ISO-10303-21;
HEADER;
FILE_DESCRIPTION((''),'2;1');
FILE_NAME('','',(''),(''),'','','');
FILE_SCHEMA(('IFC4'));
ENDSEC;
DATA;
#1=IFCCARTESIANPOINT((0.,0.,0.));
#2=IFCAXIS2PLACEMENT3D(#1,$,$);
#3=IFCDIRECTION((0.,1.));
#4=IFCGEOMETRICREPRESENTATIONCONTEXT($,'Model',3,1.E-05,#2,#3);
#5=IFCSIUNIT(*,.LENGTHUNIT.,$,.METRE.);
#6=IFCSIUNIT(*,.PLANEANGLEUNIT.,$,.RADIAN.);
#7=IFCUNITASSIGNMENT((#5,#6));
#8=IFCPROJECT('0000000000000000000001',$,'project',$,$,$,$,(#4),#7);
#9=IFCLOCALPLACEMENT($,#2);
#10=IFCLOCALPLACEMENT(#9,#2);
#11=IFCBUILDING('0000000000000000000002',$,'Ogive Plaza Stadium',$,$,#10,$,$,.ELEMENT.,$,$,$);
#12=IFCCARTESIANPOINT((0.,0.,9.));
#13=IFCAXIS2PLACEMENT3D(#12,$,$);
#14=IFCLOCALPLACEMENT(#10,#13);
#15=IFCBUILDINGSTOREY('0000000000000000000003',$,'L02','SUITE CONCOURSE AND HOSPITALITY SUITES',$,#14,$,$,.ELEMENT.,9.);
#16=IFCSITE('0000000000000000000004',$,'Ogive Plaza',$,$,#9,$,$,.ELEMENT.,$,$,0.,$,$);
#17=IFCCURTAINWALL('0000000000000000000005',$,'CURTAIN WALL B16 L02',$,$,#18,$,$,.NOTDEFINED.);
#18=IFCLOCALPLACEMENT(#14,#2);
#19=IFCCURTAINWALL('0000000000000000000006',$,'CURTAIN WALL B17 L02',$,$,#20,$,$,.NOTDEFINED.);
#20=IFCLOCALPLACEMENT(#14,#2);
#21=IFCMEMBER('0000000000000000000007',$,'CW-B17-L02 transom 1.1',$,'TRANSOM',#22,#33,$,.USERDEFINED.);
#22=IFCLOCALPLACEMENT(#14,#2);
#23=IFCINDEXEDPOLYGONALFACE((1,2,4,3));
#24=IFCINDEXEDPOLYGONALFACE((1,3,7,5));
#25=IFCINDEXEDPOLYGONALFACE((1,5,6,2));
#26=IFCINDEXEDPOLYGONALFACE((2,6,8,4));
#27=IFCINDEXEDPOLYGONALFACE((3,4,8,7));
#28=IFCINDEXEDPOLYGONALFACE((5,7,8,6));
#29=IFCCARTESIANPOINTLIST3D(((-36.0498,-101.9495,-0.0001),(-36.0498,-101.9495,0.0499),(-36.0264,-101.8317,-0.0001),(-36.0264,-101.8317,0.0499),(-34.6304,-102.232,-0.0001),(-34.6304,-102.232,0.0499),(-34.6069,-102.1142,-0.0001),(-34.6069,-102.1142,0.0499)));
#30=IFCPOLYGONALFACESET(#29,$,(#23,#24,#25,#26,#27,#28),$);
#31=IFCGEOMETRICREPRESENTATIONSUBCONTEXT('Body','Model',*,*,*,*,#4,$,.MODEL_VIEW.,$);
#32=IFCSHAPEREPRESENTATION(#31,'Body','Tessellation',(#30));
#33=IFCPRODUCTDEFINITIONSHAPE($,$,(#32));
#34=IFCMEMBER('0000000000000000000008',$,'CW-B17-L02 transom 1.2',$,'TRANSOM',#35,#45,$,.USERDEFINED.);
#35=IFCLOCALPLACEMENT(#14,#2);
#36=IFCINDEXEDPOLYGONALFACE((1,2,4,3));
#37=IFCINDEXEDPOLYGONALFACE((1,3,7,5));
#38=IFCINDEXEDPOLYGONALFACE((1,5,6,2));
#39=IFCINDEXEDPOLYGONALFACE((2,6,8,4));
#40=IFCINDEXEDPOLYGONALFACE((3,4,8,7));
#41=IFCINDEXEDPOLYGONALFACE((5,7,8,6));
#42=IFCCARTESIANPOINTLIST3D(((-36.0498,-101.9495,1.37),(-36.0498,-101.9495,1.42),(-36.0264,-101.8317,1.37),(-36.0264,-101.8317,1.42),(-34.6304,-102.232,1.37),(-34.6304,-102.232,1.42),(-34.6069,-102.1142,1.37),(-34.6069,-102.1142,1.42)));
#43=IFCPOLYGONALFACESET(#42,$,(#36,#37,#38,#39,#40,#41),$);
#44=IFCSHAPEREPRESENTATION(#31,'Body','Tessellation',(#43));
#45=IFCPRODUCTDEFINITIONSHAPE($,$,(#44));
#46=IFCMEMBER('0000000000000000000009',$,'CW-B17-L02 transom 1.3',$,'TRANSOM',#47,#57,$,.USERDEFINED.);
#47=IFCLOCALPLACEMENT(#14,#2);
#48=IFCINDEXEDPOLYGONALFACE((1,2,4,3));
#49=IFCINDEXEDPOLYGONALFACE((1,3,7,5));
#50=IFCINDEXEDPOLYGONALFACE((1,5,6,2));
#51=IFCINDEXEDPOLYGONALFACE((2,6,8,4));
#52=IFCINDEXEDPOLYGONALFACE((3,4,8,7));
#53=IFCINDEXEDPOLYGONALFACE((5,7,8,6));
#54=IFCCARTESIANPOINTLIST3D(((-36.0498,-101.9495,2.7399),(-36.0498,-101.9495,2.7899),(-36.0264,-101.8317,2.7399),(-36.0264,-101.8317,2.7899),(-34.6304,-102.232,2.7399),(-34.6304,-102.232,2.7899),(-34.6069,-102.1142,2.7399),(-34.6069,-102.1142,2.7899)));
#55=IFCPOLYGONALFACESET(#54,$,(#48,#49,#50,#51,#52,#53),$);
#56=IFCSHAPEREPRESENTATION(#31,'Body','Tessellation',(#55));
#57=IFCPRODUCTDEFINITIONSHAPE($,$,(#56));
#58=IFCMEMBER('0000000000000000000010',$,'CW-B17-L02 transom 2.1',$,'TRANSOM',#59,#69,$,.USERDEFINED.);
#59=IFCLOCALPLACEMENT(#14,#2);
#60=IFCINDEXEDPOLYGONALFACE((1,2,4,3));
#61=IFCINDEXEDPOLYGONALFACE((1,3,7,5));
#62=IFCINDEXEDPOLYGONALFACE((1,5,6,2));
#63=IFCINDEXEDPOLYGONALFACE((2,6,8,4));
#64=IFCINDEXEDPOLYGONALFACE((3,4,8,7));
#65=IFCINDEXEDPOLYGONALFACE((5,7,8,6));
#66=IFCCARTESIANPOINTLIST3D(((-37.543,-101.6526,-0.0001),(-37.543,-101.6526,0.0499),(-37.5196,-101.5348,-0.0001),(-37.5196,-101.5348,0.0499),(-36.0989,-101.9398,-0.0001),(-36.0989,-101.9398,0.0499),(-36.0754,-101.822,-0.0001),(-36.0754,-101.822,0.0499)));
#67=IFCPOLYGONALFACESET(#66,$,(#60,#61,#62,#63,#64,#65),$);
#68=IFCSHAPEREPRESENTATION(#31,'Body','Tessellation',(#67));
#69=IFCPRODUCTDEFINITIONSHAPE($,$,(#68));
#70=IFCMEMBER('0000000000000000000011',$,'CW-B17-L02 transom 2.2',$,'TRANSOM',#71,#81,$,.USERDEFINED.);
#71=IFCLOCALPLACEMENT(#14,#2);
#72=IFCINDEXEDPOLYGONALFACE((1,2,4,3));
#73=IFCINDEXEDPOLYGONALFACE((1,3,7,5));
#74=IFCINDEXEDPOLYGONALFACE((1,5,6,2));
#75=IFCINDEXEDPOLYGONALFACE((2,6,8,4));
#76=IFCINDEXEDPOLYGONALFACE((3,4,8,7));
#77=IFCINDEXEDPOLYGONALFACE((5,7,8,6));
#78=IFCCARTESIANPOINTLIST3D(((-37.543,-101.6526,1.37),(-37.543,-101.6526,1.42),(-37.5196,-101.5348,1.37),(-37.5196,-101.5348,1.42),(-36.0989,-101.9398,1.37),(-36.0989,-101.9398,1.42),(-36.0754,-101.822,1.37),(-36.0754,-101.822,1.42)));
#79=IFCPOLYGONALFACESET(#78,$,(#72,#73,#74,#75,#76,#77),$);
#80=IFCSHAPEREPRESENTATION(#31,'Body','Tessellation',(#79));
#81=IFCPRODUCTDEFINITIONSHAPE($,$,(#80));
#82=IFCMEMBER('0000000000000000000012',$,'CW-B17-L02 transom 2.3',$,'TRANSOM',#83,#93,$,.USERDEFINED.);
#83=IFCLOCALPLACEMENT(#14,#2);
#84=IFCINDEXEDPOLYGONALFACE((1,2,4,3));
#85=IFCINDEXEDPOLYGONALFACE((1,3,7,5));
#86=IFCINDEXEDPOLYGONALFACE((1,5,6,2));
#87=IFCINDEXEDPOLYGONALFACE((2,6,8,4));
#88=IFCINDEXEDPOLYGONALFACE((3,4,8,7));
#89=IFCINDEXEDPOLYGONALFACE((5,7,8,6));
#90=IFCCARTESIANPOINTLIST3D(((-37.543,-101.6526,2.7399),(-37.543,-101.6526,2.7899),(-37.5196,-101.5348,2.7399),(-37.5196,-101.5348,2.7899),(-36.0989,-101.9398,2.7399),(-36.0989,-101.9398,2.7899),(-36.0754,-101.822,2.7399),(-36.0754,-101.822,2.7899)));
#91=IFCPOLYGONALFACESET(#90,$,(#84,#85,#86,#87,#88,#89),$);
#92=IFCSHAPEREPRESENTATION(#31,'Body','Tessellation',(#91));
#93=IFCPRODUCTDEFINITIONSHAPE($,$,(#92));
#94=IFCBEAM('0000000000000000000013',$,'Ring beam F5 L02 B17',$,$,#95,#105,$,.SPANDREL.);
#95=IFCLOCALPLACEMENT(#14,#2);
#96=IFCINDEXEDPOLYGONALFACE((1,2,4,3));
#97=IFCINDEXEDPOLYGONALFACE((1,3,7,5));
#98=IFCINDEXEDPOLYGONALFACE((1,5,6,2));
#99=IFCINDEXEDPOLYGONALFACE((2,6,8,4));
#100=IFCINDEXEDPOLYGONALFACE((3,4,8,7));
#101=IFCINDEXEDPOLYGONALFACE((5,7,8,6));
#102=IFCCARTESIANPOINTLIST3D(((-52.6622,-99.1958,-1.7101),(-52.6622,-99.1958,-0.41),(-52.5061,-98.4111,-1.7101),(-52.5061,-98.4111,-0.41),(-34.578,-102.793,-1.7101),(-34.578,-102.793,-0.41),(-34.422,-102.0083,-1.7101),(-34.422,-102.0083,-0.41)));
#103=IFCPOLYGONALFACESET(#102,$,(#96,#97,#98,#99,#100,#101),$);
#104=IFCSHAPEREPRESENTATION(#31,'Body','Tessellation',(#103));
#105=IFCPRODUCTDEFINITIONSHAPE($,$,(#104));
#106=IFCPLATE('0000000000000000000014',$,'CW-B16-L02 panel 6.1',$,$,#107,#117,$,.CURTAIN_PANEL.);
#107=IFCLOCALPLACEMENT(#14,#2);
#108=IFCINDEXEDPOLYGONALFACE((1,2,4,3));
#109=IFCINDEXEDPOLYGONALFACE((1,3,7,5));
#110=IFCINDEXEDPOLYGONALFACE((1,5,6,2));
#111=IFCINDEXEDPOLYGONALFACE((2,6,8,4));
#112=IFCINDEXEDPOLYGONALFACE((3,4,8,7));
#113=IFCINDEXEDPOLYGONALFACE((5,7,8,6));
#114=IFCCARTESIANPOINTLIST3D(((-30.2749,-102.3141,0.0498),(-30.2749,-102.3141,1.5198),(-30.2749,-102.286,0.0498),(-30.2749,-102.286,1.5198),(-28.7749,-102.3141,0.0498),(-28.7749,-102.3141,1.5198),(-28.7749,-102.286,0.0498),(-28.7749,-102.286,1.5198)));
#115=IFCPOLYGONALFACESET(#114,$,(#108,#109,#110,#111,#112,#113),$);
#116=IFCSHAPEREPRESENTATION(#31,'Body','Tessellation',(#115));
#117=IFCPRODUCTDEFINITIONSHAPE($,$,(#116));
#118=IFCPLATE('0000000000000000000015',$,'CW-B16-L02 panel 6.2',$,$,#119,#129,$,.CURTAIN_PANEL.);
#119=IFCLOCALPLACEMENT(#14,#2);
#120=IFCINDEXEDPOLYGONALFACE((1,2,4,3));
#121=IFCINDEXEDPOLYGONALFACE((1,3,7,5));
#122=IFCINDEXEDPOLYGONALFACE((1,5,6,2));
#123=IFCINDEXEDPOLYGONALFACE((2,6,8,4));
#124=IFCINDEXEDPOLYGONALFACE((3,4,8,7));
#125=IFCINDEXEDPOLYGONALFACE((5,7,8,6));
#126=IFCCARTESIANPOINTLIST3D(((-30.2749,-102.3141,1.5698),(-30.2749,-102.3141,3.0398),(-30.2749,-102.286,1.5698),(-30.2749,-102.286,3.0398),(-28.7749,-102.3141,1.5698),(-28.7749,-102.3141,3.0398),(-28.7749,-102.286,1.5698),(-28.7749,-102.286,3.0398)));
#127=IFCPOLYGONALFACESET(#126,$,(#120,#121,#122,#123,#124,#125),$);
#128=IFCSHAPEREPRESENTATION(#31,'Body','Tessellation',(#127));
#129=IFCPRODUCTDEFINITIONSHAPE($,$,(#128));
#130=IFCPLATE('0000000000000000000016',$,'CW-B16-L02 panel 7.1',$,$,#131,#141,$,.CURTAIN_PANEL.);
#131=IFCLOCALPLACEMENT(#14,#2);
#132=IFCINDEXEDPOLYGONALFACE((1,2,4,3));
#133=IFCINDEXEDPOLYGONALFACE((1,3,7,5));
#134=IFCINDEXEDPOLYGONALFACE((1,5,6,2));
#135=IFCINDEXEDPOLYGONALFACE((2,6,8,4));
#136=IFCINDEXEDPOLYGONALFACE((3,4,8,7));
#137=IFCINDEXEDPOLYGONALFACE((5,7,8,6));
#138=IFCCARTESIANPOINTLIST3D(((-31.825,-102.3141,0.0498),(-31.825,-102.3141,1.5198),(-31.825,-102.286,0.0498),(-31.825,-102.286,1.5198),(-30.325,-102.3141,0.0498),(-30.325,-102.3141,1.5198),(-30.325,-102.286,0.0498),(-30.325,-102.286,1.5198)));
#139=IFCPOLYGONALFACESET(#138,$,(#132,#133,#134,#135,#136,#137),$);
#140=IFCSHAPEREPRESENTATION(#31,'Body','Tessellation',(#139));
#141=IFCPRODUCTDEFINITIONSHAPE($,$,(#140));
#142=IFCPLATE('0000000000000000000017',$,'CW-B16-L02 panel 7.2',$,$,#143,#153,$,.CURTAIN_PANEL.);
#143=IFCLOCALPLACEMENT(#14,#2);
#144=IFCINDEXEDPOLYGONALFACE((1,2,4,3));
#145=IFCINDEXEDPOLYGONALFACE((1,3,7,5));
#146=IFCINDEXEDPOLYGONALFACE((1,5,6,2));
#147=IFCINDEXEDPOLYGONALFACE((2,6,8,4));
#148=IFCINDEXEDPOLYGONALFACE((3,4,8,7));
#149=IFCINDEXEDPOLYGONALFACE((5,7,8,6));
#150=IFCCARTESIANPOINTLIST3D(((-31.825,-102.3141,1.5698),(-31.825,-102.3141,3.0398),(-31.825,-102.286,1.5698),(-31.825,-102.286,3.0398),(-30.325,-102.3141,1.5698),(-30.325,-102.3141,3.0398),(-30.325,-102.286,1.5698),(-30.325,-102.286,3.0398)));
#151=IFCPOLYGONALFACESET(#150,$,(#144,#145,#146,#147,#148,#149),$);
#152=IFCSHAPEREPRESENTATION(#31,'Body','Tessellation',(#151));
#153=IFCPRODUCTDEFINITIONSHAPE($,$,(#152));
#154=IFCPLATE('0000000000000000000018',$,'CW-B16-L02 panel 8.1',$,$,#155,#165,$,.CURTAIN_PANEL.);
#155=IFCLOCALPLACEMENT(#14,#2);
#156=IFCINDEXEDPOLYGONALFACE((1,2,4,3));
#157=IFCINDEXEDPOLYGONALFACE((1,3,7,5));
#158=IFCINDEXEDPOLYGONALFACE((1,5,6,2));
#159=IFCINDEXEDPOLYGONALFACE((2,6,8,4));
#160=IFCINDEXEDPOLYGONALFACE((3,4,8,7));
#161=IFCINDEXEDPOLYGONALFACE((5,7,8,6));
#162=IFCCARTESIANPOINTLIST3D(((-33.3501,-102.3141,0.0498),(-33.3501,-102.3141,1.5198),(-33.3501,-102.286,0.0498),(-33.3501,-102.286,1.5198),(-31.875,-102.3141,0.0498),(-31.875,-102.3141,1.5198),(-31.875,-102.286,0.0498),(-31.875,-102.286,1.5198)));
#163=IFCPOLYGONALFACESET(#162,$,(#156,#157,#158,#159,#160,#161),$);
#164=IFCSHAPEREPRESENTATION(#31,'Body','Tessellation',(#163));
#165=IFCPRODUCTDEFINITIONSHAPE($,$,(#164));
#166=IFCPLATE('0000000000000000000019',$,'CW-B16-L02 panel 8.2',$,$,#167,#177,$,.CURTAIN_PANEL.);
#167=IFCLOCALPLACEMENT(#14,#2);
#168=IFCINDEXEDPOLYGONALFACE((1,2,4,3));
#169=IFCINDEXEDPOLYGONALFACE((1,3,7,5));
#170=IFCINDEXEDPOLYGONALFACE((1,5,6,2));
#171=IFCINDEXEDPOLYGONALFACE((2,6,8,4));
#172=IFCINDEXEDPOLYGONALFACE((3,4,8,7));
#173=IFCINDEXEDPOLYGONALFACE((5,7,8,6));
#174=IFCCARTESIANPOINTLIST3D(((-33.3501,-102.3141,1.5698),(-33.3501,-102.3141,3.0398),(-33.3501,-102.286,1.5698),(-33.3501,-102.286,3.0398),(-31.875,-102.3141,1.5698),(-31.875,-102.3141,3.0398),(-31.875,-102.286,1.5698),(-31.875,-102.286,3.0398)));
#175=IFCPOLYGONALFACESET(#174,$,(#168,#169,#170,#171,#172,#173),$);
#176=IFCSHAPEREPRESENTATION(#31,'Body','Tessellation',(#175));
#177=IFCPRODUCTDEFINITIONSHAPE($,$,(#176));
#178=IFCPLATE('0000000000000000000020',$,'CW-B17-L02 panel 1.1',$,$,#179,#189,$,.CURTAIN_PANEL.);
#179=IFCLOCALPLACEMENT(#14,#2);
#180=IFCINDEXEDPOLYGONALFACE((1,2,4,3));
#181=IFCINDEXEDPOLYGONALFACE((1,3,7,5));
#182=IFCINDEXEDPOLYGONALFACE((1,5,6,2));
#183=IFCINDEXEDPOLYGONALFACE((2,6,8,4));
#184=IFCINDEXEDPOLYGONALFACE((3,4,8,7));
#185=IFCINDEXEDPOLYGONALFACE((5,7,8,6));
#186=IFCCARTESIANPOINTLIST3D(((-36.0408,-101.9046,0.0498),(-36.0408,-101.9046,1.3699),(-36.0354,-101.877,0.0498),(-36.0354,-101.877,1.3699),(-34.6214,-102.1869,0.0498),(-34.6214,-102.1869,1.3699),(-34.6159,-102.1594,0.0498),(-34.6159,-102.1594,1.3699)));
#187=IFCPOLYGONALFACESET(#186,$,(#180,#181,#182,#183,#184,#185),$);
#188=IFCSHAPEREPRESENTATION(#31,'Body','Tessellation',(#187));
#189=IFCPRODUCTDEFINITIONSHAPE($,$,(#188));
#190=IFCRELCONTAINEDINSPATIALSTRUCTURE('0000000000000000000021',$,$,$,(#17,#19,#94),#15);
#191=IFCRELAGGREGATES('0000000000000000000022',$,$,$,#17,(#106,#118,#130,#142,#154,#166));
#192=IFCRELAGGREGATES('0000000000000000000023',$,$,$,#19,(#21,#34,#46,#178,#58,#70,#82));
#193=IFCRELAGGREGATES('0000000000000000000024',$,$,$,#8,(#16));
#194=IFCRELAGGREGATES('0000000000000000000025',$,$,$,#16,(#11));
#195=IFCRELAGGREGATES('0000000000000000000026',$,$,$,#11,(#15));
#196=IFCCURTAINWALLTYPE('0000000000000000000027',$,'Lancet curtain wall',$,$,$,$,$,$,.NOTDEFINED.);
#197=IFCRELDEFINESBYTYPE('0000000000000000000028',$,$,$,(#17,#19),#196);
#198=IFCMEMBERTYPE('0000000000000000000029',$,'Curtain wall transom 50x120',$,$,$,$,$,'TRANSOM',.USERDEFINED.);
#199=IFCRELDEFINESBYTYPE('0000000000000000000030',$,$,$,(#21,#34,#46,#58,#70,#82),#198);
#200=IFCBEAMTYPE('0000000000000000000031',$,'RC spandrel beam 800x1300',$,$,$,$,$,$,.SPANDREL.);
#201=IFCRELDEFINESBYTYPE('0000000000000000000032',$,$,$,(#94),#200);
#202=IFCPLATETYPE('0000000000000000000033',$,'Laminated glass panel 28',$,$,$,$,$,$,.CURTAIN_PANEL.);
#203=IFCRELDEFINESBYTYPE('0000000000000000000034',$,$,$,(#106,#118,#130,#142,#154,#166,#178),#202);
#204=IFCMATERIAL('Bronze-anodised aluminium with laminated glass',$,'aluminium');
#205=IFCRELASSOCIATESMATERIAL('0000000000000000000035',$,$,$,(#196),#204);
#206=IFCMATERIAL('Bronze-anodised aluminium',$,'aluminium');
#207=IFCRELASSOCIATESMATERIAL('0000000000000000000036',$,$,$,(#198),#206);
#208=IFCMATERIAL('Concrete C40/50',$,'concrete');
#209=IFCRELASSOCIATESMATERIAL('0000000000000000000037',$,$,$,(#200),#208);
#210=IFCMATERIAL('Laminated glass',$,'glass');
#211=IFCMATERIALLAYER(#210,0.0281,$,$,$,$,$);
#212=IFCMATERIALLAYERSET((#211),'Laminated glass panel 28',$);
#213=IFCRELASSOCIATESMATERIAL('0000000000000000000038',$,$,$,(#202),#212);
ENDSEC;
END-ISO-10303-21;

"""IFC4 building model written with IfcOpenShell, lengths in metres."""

from ifc_helpers import new_model, si_unit, direction, frame, origin, origin_2d, place, context, subcontext, project, spatial, rectangle, extrude, material, layer, layer_set, material_profile, profile_set, type_object, element, aggregate, save


model = new_model("IFC4")

# Units and contexts
model_context = context("Model", 3, precision=1e-05, world=origin(), true_north=direction((0.0, 1.0)))
body_context = subcontext(model_context, "Body", "Model", "MODEL_VIEW")
ifc_project = project(units=[si_unit("LENGTHUNIT", "METRE"), si_unit("PLANEANGLEUNIT", "RADIAN")], contexts=[model_context])

# Site, building, storey
site_placement = place(None, origin())
site = spatial("IfcSite", under=ifc_project, at=site_placement, Name="Ogive Plaza", CompositionType="ELEMENT", RefElevation=0.0)
building_placement = place(site_placement, origin())
building = spatial("IfcBuilding", under=site, at=building_placement, Name="Ogive Plaza Stadium", CompositionType="ELEMENT")
storey_placement = place(building_placement, frame((0.0, 0.0, 9.0)))
storey = spatial("IfcBuildingStorey", under=building, at=storey_placement, Name="L02", Description="SUITE CONCOURSE AND HOSPITALITY SUITES", CompositionType="ELEMENT", Elevation=9.0)

# Curtain walls
ifc_material_1 = material(Name="Bronze-anodised aluminium with laminated glass", Category="aluminium")
curtain_wall_type = type_object("IfcCurtainWallType", Name="Lancet curtain wall", PredefinedType="NOTDEFINED", material=ifc_material_1)
curtain_wall_1_placement = place(storey_placement, origin())
curtain_wall_1 = element("IfcCurtainWall", 1, at=curtain_wall_1_placement, inside=storey, type_object=curtain_wall_type, Name="CURTAIN WALL B16 L02", PredefinedType="NOTDEFINED")
curtain_wall_2_placement = place(storey_placement, origin())
curtain_wall_2 = element("IfcCurtainWall", 2, at=curtain_wall_2_placement, inside=storey, type_object=curtain_wall_type, Name="CURTAIN WALL B17 L02", PredefinedType="NOTDEFINED")

# Members
ifc_material_2 = material(Name="Bronze-anodised aluminium", Category="aluminium")
ifc_material_profile_1 = material_profile(ifc_material_2, rectangle(XDim=0.1201, YDim=0.05, at=origin_2d()), Name="AL 120x50")
ifc_profile_set_1 = profile_set([ifc_material_profile_1], Name="Bronze-anodised aluminium")
member_type_1 = type_object("IfcMemberType", Name="Curtain wall transom 50x120", ElementType="TRANSOM", PredefinedType="USERDEFINED", material=ifc_profile_set_1)
member_1_placement = place(storey_placement, frame((-34.6187, -102.1731, 0.0249), z_axis=(-0.980768, 0.195175, 0.0), x_axis=(-0.195175, -0.980768, 0.0)))
member_1 = element("IfcMember", 3, at=member_1_placement, type_object=member_type_1, Name="CW-B17-L02 transom 1.1", ObjectType="TRANSOM", PredefinedType="USERDEFINED", context=body_context, shape_type="SweptSolid", body=[
    extrude(rectangle(XDim=0.1201, YDim=0.05, at=origin_2d()), origin(), (0.0, 0.0, 1.0), 1.4473),
])
member_2_placement = place(storey_placement, frame((-34.6187, -102.1731, 1.395), z_axis=(-0.980768, 0.195175, 0.0), x_axis=(-0.195175, -0.980768, 0.0)))
member_2 = element("IfcMember", 4, at=member_2_placement, type_object=member_type_1, Name="CW-B17-L02 transom 1.2", ObjectType="TRANSOM", PredefinedType="USERDEFINED", context=body_context, shape_type="SweptSolid", body=[
    extrude(rectangle(XDim=0.1201, YDim=0.05, at=origin_2d()), origin(), (0.0, 0.0, 1.0), 1.4473),
])
member_3_placement = place(storey_placement, frame((-34.6187, -102.1731, 2.7649), z_axis=(-0.980768, 0.195175, 0.0), x_axis=(-0.195175, -0.980768, 0.0)))
member_3 = element("IfcMember", 5, at=member_3_placement, type_object=member_type_1, Name="CW-B17-L02 transom 1.3", ObjectType="TRANSOM", PredefinedType="USERDEFINED", context=body_context, shape_type="SweptSolid", body=[
    extrude(rectangle(XDim=0.1201, YDim=0.05, at=origin_2d()), origin(), (0.0, 0.0, 1.0), 1.4473),
])
member_4_placement = place(storey_placement, frame((-36.0872, -101.8809, 0.0249), z_axis=(-0.980803, 0.195, 0.0), x_axis=(-0.195, -0.980803, 0.0)))
member_4 = element("IfcMember", 6, at=member_4_placement, type_object=member_type_1, Name="CW-B17-L02 transom 2.1", ObjectType="TRANSOM", PredefinedType="USERDEFINED", context=body_context, shape_type="SweptSolid", body=[
    extrude(rectangle(XDim=0.1201, YDim=0.05, at=origin_2d()), origin(), (0.0, 0.0, 1.0), 1.4724),
])
member_5_placement = place(storey_placement, frame((-36.0872, -101.8809, 1.395), z_axis=(-0.980803, 0.195, 0.0), x_axis=(-0.195, -0.980803, 0.0)))
member_5 = element("IfcMember", 7, at=member_5_placement, type_object=member_type_1, Name="CW-B17-L02 transom 2.2", ObjectType="TRANSOM", PredefinedType="USERDEFINED", context=body_context, shape_type="SweptSolid", body=[
    extrude(rectangle(XDim=0.1201, YDim=0.05, at=origin_2d()), origin(), (0.0, 0.0, 1.0), 1.4724),
])
member_6_placement = place(storey_placement, frame((-36.0872, -101.8809, 2.7649), z_axis=(-0.980803, 0.195, 0.0), x_axis=(-0.195, -0.980803, 0.0)))
member_6 = element("IfcMember", 8, at=member_6_placement, type_object=member_type_1, Name="CW-B17-L02 transom 2.3", ObjectType="TRANSOM", PredefinedType="USERDEFINED", context=body_context, shape_type="SweptSolid", body=[
    extrude(rectangle(XDim=0.1201, YDim=0.05, at=origin_2d()), origin(), (0.0, 0.0, 1.0), 1.4724),
])

# Beam
ifc_material_3 = material(Name="Concrete C40/50", Category="concrete")
ifc_material_profile_2 = material_profile(ifc_material_3, rectangle(XDim=0.8, YDim=1.3, at=origin_2d()), Name="RC 800x1300")
ifc_profile_set_2 = profile_set([ifc_material_profile_2], Name="Concrete C40/50")
beam_type = type_object("IfcBeamType", Name="RC spandrel beam 800x1300", PredefinedType="SPANDREL", material=ifc_profile_set_2)
beam_placement = place(storey_placement, frame((-34.5, -102.4006, -1.0601), z_axis=(-0.980785, 0.19509, 0.0), x_axis=(-0.19509, -0.980785, 0.0)))
element("IfcBeam", 9, at=beam_placement, inside=storey, type_object=beam_type, Name="Ring beam F5 L02 B17", PredefinedType="SPANDREL", context=body_context, shape_type="SweptSolid", body=[
    extrude(rectangle(XDim=0.8, YDim=1.3, at=origin_2d()), origin(), (0.0, 0.0, 1.0), 18.4385),
])

# Plates
ifc_material_4 = material(Name="Laminated glass", Category="glass")
ifc_layer = layer(ifc_material_4, 0.0281)
ifc_layer_set = layer_set([ifc_layer], Name="Laminated glass panel 28")
plate_type = type_object("IfcPlateType", Name="Laminated glass panel 28", PredefinedType="CURTAIN_PANEL", material=ifc_layer_set)
plate_1_placement = place(storey_placement, frame((-29.5249, -102.3, 0.0498), z_axis=(0.0, 0.0, 1.0), x_axis=(-1.0, 0.0, 0.0)))
plate_1 = element("IfcPlate", 10, at=plate_1_placement, type_object=plate_type, Name="CW-B16-L02 panel 6.1", PredefinedType="CURTAIN_PANEL", context=body_context, shape_type="SweptSolid", body=[
    extrude(rectangle(XDim=1.5, YDim=0.0281, at=origin_2d()), origin(), (0.0, 0.0, 1.0), 1.47),
])
plate_2_placement = place(storey_placement, frame((-29.5249, -102.3, 1.5698), z_axis=(0.0, 0.0, 1.0), x_axis=(-1.0, 0.0, 0.0)))
plate_2 = element("IfcPlate", 11, at=plate_2_placement, type_object=plate_type, Name="CW-B16-L02 panel 6.2", PredefinedType="CURTAIN_PANEL", context=body_context, shape_type="SweptSolid", body=[
    extrude(rectangle(XDim=1.5, YDim=0.0281, at=origin_2d()), origin(), (0.0, 0.0, 1.0), 1.47),
])
plate_3_placement = place(storey_placement, frame((-31.075, -102.3, 0.0498), z_axis=(0.0, 0.0, 1.0), x_axis=(-1.0, 0.0, 0.0)))
plate_3 = element("IfcPlate", 12, at=plate_3_placement, type_object=plate_type, Name="CW-B16-L02 panel 7.1", PredefinedType="CURTAIN_PANEL", context=body_context, shape_type="SweptSolid", body=[
    extrude(rectangle(XDim=1.5, YDim=0.0281, at=origin_2d()), origin(), (0.0, 0.0, 1.0), 1.47),
])
plate_4_placement = place(storey_placement, frame((-31.075, -102.3, 1.5698), z_axis=(0.0, 0.0, 1.0), x_axis=(-1.0, 0.0, 0.0)))
plate_4 = element("IfcPlate", 13, at=plate_4_placement, type_object=plate_type, Name="CW-B16-L02 panel 7.2", PredefinedType="CURTAIN_PANEL", context=body_context, shape_type="SweptSolid", body=[
    extrude(rectangle(XDim=1.5, YDim=0.0281, at=origin_2d()), origin(), (0.0, 0.0, 1.0), 1.47),
])
plate_5_placement = place(storey_placement, frame((-32.6125, -102.3, 0.0498), z_axis=(0.0, 0.0, 1.0), x_axis=(-1.0, 0.0, 0.0)))
plate_5 = element("IfcPlate", 14, at=plate_5_placement, type_object=plate_type, Name="CW-B16-L02 panel 8.1", PredefinedType="CURTAIN_PANEL", context=body_context, shape_type="SweptSolid", body=[
    extrude(rectangle(XDim=1.4751, YDim=0.0281, at=origin_2d()), origin(), (0.0, 0.0, 1.0), 1.47),
])
plate_6_placement = place(storey_placement, frame((-32.6125, -102.3, 1.5698), z_axis=(0.0, 0.0, 1.0), x_axis=(-1.0, 0.0, 0.0)))
plate_6 = element("IfcPlate", 15, at=plate_6_placement, type_object=plate_type, Name="CW-B16-L02 panel 8.2", PredefinedType="CURTAIN_PANEL", context=body_context, shape_type="SweptSolid", body=[
    extrude(rectangle(XDim=1.4751, YDim=0.0281, at=origin_2d()), origin(), (0.0, 0.0, 1.0), 1.47),
])
aggregate(curtain_wall_1, [plate_1, plate_2, plate_3, plate_4, plate_5, plate_6])
plate_7_placement = place(storey_placement, frame((-35.3284, -102.032, 0.0498), z_axis=(0.0, 0.0, 1.0), x_axis=(-0.980785, 0.19509, 0.0)))
plate_7 = element("IfcPlate", 16, at=plate_7_placement, type_object=plate_type, Name="CW-B17-L02 panel 1.1", PredefinedType="CURTAIN_PANEL", context=body_context, shape_type="SweptSolid", body=[
    extrude(rectangle(XDim=1.4473, YDim=0.0281, at=origin_2d()), origin(), (0.0, 0.0, 1.0), 1.3201),
])
aggregate(curtain_wall_2, [member_1, member_2, member_3, plate_7, member_4, member_5, member_6])

save(model, "model.ifc")
